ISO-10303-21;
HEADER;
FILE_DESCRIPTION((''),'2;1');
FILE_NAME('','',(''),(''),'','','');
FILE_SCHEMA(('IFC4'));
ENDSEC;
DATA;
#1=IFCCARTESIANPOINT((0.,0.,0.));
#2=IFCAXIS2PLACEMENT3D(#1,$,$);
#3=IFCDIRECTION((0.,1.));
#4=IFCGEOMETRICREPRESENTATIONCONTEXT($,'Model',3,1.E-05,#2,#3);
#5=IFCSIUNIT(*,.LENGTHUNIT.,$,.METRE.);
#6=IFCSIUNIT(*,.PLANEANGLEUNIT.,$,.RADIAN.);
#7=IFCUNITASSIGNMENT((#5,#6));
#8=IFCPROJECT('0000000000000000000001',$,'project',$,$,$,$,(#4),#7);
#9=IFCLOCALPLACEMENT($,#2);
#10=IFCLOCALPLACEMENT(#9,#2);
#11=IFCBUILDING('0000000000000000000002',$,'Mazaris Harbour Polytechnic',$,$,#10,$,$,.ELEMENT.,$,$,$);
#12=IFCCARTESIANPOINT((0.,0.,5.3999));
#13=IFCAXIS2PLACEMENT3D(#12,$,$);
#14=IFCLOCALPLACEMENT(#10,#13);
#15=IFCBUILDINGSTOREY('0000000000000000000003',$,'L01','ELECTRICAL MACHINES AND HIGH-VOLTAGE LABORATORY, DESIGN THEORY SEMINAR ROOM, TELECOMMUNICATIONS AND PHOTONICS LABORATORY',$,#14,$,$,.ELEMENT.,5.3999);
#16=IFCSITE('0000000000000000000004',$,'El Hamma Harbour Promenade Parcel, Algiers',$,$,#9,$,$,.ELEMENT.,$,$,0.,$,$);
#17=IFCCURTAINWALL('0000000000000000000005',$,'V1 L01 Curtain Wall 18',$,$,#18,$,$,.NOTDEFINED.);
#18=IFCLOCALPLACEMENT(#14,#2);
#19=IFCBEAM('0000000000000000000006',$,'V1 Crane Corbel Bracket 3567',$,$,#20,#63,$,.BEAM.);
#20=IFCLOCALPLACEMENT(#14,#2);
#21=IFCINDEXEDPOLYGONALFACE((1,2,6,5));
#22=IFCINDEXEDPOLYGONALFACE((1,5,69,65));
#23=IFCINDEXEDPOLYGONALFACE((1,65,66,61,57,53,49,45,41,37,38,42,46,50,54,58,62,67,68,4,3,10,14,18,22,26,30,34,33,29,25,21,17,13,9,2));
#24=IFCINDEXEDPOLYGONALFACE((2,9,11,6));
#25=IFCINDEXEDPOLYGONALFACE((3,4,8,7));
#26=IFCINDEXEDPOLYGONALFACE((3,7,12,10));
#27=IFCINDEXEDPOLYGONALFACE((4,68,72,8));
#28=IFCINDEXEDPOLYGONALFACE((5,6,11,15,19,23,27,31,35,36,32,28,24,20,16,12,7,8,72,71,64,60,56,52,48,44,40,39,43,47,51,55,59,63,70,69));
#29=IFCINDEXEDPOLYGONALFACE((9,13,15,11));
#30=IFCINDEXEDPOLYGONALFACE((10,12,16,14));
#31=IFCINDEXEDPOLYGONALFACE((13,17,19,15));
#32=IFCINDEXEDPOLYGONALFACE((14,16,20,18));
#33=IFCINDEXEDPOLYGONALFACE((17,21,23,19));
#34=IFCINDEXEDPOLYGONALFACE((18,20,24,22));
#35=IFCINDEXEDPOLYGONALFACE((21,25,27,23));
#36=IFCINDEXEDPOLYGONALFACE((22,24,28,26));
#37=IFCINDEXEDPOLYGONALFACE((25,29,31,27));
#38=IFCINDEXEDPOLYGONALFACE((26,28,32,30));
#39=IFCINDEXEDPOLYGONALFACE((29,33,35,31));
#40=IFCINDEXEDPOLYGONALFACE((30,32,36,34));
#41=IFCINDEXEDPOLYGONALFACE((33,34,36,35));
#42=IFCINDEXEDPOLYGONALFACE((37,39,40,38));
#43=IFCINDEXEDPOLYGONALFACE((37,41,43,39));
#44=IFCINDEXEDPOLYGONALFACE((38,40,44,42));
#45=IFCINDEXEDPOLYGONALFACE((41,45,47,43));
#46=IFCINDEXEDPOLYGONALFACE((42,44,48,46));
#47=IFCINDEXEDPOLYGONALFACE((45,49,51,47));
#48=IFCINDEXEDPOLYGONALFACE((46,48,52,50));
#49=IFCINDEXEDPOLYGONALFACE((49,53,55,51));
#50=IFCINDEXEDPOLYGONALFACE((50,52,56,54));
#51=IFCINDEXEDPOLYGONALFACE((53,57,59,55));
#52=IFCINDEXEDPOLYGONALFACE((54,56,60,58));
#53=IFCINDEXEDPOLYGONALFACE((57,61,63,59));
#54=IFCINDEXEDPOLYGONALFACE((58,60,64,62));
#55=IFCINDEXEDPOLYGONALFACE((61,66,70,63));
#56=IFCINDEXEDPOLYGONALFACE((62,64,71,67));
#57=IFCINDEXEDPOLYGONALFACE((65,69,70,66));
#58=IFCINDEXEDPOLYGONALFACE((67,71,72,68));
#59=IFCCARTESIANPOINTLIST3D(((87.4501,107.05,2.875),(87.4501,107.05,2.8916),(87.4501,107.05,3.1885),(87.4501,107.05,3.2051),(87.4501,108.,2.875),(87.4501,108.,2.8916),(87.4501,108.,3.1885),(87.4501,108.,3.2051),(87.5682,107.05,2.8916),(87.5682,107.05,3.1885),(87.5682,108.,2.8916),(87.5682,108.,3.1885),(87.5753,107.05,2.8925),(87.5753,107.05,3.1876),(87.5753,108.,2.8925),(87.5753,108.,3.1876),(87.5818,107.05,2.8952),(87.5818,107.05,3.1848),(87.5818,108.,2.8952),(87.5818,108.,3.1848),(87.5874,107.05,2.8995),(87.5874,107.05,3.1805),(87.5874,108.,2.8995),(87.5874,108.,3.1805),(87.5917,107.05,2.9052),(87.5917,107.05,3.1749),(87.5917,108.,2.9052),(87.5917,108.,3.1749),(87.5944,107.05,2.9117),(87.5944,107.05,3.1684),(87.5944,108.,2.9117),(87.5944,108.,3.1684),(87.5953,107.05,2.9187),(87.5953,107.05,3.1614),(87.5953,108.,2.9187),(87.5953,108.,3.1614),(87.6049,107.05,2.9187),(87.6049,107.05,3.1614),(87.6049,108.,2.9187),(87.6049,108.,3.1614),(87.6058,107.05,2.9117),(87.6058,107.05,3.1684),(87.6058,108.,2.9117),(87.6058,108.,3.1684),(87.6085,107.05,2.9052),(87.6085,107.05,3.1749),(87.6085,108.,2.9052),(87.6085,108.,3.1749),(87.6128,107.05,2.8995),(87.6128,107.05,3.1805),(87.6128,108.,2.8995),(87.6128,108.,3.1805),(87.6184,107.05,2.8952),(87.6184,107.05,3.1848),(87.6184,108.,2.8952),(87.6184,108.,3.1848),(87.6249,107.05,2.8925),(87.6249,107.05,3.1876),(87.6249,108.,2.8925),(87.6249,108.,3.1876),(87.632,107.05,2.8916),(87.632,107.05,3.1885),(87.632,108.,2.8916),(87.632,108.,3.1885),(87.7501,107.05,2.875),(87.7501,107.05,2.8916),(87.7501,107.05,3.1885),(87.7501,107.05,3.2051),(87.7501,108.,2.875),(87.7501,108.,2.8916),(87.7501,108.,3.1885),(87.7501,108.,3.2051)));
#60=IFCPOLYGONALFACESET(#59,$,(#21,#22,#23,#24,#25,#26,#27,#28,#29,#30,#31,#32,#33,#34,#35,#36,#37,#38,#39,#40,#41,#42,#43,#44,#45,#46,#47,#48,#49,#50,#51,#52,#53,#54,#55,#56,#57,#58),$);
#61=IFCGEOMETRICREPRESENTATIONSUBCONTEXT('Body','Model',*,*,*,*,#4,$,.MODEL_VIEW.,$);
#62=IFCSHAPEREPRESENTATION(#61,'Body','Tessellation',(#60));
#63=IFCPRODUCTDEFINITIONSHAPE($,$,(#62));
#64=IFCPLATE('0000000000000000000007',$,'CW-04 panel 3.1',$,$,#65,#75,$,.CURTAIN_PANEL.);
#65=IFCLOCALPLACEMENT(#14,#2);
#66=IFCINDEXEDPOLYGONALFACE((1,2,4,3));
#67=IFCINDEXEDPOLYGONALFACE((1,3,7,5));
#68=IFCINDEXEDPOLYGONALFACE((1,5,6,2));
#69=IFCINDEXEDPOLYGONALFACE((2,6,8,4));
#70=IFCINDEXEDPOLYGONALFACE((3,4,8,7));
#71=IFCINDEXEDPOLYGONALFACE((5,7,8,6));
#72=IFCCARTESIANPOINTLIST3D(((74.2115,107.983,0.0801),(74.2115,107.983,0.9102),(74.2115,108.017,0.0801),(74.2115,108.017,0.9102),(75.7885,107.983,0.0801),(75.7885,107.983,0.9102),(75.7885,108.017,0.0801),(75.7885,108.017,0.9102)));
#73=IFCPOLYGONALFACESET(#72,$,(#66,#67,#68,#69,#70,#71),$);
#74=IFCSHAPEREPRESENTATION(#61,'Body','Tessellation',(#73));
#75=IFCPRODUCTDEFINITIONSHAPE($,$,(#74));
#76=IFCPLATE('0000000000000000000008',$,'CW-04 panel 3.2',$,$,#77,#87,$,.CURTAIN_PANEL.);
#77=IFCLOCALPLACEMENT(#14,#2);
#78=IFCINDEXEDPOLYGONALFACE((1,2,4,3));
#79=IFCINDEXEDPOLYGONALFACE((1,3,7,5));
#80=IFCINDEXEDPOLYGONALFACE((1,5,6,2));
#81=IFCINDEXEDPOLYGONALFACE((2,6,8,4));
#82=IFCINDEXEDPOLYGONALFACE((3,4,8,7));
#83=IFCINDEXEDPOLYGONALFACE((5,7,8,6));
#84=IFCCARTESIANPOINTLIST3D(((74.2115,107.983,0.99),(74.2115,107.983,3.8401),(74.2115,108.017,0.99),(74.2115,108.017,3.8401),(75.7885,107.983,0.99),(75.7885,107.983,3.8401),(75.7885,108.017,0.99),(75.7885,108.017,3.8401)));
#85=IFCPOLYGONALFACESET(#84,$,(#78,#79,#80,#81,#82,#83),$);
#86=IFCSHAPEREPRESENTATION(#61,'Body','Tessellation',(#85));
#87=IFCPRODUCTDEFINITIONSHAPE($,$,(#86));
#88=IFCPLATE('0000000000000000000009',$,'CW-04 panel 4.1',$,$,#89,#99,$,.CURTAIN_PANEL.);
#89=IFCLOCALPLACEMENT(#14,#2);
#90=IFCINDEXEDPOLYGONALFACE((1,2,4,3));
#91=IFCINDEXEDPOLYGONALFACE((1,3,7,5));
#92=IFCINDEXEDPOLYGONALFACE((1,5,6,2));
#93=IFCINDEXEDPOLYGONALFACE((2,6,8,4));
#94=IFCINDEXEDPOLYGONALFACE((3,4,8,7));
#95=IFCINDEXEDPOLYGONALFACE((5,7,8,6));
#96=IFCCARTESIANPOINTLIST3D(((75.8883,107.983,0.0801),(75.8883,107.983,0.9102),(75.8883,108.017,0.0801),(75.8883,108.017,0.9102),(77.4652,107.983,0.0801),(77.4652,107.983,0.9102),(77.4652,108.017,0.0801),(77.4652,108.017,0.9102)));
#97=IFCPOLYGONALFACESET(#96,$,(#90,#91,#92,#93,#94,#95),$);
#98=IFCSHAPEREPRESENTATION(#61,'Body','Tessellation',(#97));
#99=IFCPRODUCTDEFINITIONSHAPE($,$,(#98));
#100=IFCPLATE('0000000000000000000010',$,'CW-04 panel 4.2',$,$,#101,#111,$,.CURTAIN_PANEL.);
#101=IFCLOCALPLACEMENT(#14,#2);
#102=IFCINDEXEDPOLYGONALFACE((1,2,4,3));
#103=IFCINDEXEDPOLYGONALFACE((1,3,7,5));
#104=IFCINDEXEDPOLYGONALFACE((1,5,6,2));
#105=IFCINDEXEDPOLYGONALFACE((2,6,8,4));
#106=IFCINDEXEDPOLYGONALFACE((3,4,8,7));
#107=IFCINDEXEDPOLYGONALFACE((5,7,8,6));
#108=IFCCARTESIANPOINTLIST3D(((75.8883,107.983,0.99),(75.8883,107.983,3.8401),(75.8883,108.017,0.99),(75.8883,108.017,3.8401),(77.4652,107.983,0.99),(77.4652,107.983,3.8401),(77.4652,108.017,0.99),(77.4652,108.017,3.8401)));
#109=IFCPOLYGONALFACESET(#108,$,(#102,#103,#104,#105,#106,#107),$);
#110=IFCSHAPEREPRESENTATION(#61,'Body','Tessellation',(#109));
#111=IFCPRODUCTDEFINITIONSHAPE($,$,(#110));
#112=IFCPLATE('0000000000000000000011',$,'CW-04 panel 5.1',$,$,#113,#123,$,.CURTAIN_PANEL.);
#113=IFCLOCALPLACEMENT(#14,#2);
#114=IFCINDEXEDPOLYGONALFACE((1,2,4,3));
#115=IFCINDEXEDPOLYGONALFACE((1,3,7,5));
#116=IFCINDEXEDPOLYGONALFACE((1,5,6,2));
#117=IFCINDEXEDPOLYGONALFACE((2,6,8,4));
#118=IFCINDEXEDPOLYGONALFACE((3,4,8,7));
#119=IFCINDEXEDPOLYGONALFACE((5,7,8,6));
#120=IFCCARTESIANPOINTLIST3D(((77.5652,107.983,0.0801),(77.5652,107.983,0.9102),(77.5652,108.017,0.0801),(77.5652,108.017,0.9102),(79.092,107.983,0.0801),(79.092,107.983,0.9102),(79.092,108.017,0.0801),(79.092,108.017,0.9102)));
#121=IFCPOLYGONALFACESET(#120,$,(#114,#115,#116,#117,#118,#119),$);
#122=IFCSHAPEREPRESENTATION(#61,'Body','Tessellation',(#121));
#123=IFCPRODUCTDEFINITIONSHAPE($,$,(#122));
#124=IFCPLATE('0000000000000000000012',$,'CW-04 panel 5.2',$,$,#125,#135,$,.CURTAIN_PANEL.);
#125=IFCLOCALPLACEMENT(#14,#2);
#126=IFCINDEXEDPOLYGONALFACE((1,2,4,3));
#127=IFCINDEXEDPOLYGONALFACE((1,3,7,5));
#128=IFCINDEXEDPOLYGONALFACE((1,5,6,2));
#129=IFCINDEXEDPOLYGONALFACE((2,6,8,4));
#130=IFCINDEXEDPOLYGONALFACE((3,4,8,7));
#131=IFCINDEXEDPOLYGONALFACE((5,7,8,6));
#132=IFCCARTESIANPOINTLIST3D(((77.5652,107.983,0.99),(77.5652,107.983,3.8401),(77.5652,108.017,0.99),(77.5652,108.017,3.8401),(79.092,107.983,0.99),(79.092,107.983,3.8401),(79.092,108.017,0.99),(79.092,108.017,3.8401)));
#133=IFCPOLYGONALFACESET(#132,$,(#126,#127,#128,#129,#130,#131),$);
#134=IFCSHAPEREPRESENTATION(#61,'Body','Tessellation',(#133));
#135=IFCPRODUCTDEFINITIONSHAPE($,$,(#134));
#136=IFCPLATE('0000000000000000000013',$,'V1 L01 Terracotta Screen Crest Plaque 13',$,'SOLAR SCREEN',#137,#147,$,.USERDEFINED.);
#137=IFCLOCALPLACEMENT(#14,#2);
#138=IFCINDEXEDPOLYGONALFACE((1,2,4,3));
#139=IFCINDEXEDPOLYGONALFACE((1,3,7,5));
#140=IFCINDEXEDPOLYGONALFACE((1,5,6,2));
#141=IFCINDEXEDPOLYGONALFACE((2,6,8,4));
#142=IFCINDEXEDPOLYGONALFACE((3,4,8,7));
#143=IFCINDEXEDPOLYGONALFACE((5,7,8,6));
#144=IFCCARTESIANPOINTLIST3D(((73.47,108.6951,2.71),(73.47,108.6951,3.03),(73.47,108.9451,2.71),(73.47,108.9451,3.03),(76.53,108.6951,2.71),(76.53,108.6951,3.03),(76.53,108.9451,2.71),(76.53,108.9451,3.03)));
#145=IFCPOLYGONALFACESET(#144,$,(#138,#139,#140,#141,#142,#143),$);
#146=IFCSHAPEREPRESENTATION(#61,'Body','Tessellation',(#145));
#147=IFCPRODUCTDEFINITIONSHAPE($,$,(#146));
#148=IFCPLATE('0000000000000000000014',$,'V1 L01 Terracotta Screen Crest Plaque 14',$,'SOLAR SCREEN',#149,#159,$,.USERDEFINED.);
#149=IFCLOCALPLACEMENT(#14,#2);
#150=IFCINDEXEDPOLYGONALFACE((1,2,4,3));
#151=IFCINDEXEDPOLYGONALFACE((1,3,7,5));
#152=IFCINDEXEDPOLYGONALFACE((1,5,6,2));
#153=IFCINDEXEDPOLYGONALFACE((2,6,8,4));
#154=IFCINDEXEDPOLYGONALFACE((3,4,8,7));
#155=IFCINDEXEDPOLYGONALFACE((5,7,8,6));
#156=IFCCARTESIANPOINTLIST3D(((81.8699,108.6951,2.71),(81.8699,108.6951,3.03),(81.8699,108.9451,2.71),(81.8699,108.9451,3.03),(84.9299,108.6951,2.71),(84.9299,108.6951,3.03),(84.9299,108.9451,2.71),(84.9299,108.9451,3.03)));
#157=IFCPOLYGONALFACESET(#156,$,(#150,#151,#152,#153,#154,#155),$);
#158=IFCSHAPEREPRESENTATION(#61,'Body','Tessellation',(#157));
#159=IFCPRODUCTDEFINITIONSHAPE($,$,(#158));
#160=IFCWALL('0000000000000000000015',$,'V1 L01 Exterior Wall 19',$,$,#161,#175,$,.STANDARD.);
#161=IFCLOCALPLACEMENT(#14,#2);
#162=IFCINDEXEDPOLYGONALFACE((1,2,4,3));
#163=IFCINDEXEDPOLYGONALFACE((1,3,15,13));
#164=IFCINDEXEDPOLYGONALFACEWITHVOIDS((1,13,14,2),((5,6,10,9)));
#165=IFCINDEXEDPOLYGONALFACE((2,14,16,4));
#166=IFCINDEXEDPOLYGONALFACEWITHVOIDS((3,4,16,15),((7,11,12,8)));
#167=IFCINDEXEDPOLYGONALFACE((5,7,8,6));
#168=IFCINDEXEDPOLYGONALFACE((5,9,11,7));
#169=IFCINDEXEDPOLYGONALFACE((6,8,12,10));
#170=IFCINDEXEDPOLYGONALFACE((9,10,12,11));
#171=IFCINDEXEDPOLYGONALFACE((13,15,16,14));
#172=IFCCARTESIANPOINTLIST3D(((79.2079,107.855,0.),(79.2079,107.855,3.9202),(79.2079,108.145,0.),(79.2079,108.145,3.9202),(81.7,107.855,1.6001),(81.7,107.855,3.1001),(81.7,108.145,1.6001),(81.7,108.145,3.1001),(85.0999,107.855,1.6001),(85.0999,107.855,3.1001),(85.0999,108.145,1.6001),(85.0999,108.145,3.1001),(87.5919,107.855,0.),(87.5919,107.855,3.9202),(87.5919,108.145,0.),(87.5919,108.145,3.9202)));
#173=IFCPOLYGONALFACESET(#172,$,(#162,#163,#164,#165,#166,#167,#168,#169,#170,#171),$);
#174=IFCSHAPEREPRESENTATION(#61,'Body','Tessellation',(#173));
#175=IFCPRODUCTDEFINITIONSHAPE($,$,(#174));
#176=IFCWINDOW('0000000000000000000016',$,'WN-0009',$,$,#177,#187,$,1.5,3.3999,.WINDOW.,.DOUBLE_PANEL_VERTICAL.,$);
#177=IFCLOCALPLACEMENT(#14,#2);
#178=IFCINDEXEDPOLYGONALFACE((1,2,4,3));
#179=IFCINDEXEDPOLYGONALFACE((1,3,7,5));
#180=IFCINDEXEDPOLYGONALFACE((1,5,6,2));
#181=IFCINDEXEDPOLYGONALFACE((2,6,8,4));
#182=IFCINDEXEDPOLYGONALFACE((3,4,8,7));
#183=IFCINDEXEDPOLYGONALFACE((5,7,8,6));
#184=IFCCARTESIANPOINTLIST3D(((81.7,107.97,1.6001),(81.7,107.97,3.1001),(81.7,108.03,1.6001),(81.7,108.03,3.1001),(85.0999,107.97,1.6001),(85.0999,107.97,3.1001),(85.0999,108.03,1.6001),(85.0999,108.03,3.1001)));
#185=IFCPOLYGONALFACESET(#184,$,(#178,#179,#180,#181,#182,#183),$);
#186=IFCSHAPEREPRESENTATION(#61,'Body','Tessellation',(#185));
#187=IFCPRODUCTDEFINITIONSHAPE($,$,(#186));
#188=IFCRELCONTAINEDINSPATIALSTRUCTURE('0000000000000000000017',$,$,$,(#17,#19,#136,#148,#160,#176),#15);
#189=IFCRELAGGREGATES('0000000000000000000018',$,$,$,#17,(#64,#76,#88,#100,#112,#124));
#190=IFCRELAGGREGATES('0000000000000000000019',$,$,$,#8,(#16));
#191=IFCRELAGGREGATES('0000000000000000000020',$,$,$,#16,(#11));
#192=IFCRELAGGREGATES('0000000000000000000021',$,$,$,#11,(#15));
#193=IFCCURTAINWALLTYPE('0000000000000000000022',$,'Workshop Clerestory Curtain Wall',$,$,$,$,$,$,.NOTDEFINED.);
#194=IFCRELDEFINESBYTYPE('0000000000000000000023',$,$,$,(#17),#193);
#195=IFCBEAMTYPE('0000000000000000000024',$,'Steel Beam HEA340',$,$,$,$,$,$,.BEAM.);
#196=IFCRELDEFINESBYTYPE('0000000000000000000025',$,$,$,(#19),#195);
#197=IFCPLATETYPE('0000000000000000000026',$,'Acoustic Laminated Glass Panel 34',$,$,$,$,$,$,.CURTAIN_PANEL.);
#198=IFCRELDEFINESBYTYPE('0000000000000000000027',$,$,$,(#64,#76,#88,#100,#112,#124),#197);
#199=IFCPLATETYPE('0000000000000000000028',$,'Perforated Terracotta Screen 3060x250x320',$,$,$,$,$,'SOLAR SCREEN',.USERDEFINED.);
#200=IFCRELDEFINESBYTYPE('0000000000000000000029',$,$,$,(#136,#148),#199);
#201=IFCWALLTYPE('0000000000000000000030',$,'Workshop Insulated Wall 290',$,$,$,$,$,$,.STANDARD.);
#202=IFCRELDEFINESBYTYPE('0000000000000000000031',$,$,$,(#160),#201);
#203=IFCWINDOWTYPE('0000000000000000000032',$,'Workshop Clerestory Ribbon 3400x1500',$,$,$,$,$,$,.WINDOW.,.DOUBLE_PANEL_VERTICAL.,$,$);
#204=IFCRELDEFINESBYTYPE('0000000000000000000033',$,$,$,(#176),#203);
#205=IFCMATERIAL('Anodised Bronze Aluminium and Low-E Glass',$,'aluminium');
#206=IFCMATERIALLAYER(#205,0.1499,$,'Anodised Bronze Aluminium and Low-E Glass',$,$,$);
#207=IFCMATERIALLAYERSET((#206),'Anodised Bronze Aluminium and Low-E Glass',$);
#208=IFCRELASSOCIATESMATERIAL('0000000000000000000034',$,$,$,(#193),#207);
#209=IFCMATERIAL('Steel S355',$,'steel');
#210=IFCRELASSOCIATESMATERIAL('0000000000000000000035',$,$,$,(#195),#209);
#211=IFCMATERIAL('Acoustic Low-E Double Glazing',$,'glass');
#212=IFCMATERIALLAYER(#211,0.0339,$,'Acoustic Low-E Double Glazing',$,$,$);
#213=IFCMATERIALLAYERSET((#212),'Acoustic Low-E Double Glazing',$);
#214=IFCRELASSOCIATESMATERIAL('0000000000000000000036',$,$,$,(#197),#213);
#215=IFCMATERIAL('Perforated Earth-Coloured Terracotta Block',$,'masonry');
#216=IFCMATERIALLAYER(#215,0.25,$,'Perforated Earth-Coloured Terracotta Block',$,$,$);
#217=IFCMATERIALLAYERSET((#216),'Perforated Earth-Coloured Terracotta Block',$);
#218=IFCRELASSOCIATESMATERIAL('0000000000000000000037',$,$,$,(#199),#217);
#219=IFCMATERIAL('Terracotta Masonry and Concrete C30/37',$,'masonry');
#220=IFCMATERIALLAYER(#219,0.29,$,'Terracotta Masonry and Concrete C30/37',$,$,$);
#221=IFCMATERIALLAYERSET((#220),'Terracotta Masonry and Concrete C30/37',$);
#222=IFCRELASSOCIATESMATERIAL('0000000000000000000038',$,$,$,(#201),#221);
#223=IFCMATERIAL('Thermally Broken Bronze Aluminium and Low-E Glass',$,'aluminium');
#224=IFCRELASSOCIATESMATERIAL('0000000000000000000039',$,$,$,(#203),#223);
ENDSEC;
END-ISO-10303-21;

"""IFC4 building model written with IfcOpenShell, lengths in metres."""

from ifc_helpers import new_model, si_unit, direction, frame, frame_2d, origin, origin_2d, place, context, subcontext, project, spatial, rectangle, i_section, extrude, material, layer, layer_set, material_profile, profile_set, type_object, element, fill, aggregate, save


model = new_model("IFC4")

# Units and contexts
model_context = context("Model", 3, precision=1e-05, world=origin(), true_north=direction((0.0, 1.0)))
body_context = subcontext(model_context, "Body", "Model", "MODEL_VIEW")
ifc_project = project(units=[si_unit("LENGTHUNIT", "METRE"), si_unit("PLANEANGLEUNIT", "RADIAN")], contexts=[model_context])

# Site, building, storey
site_placement = place(None, origin())
site = spatial("IfcSite", under=ifc_project, at=site_placement, Name="El Hamma Harbour Promenade Parcel, Algiers", CompositionType="ELEMENT", RefElevation=0.0)
building_placement = place(site_placement, origin())
building = spatial("IfcBuilding", under=site, at=building_placement, Name="Mazaris Harbour Polytechnic", CompositionType="ELEMENT")
storey_placement = place(building_placement, frame((0.0, 0.0, 5.3999)))
storey = spatial("IfcBuildingStorey", under=building, at=storey_placement, Name="L01", Description="ELECTRICAL MACHINES AND HIGH-VOLTAGE LABORATORY, DESIGN THEORY SEMINAR ROOM, TELECOMMUNICATIONS AND PHOTONICS LABORATORY", CompositionType="ELEMENT", Elevation=5.3999)

# Curtain wall
ifc_material_1 = material(Name="Anodised Bronze Aluminium and Low-E Glass", Category="aluminium")
ifc_layer_1 = layer(ifc_material_1, 0.1499, Name="Anodised Bronze Aluminium and Low-E Glass")
ifc_layer_set_1 = layer_set([ifc_layer_1], Name="Anodised Bronze Aluminium and Low-E Glass")
curtain_wall_type = type_object("IfcCurtainWallType", Name="Workshop Clerestory Curtain Wall", PredefinedType="NOTDEFINED", material=ifc_layer_set_1)
curtain_wall_placement = place(storey_placement, origin())
curtain_wall = element("IfcCurtainWall", 1, at=curtain_wall_placement, inside=storey, type_object=curtain_wall_type, Name="V1 L01 Curtain Wall 18", PredefinedType="NOTDEFINED")

# Beam
ifc_material_2 = material(Name="Steel S355", Category="steel")
ifc_material_profile_1 = material_profile(ifc_material_2, i_section(OverallWidth=0.3, OverallDepth=0.3301, WebThickness=0.0095, FlangeThickness=0.0166, FilletRadius=0.0271, at=origin_2d()), Name="HEA 340")
ifc_profile_set_1 = profile_set([ifc_material_profile_1], Name="Steel S355")
beam_type = type_object("IfcBeamType", Name="Steel Beam HEA340", PredefinedType="BEAM", material=ifc_profile_set_1)
for number, where, z_axis, x_axis, name in (
    (2, (87.6001, 108.0, 3.04), (0.0, -1.0, 0.0), (1.0, 0.0, 0.0), "V1 Crane Corbel Bracket 3567"),
):
    element("IfcBeam", number, at=place(storey_placement, frame(where, z_axis=z_axis, x_axis=x_axis)), inside=storey, type_object=beam_type, Name=name, PredefinedType="BEAM", context=body_context, shape_type="SweptSolid", body=[
        extrude(i_section(OverallWidth=0.3, OverallDepth=0.3301, WebThickness=0.0095, FlangeThickness=0.0166, FilletRadius=0.0271, at=origin_2d()), origin(), (0.0, 0.0, 1.0), 0.95),
    ])

# Plates
ifc_material_3 = material(Name="Acoustic Low-E Double Glazing", Category="glass")
ifc_layer_2 = layer(ifc_material_3, 0.0339, Name="Acoustic Low-E Double Glazing")
ifc_layer_set_2 = layer_set([ifc_layer_2], Name="Acoustic Low-E Double Glazing")
plate_type_1 = type_object("IfcPlateType", Name="Acoustic Laminated Glass Panel 34", PredefinedType="CURTAIN_PANEL", material=ifc_layer_set_2)
plate_1_placement = place(storey_placement, frame((75.0, 108.0, 0.0801), z_axis=(0.0, 0.0, 1.0), x_axis=(1.0, 0.0, 0.0)))
plate_1 = element("IfcPlate", 3, at=plate_1_placement, type_object=plate_type_1, Name="CW-04 panel 3.1", PredefinedType="CURTAIN_PANEL", context=body_context, shape_type="SweptSolid", body=[
    extrude(rectangle(XDim=1.5769, YDim=0.0339, at=origin_2d()), origin(), (0.0, 0.0, 1.0), 0.8301),
])
plate_2_placement = place(storey_placement, frame((75.0, 108.0, 0.99), z_axis=(0.0, 0.0, 1.0), x_axis=(1.0, 0.0, 0.0)))
plate_2 = element("IfcPlate", 4, at=plate_2_placement, type_object=plate_type_1, Name="CW-04 panel 3.2", PredefinedType="CURTAIN_PANEL", context=body_context, shape_type="SweptSolid", body=[
    extrude(rectangle(XDim=1.5769, YDim=0.0339, at=origin_2d()), origin(), (0.0, 0.0, 1.0), 2.8501),
])
plate_3_placement = place(storey_placement, frame((76.6768, 108.0, 0.0801), z_axis=(0.0, 0.0, 1.0), x_axis=(1.0, 0.0, 0.0)))
plate_3 = element("IfcPlate", 5, at=plate_3_placement, type_object=plate_type_1, Name="CW-04 panel 4.1", PredefinedType="CURTAIN_PANEL", context=body_context, shape_type="SweptSolid", body=[
    extrude(rectangle(XDim=1.5769, YDim=0.0339, at=origin_2d()), origin(), (0.0, 0.0, 1.0), 0.8301),
])
plate_4_placement = place(storey_placement, frame((76.6768, 108.0, 0.99), z_axis=(0.0, 0.0, 1.0), x_axis=(1.0, 0.0, 0.0)))
plate_4 = element("IfcPlate", 6, at=plate_4_placement, type_object=plate_type_1, Name="CW-04 panel 4.2", PredefinedType="CURTAIN_PANEL", context=body_context, shape_type="SweptSolid", body=[
    extrude(rectangle(XDim=1.5769, YDim=0.0339, at=origin_2d()), origin(), (0.0, 0.0, 1.0), 2.8501),
])
plate_5_placement = place(storey_placement, frame((78.3286, 108.0, 0.0801), z_axis=(0.0, 0.0, 1.0), x_axis=(1.0, 0.0, 0.0)))
plate_5 = element("IfcPlate", 7, at=plate_5_placement, type_object=plate_type_1, Name="CW-04 panel 5.1", PredefinedType="CURTAIN_PANEL", context=body_context, shape_type="SweptSolid", body=[
    extrude(rectangle(XDim=1.5269, YDim=0.0339, at=origin_2d()), origin(), (0.0, 0.0, 1.0), 0.8301),
])
plate_6_placement = place(storey_placement, frame((78.3286, 108.0, 0.99), z_axis=(0.0, 0.0, 1.0), x_axis=(1.0, 0.0, 0.0)))
plate_6 = element("IfcPlate", 8, at=plate_6_placement, type_object=plate_type_1, Name="CW-04 panel 5.2", PredefinedType="CURTAIN_PANEL", context=body_context, shape_type="SweptSolid", body=[
    extrude(rectangle(XDim=1.5269, YDim=0.0339, at=origin_2d()), origin(), (0.0, 0.0, 1.0), 2.8501),
])
aggregate(curtain_wall, [plate_1, plate_2, plate_3, plate_4, plate_5, plate_6])

# Plates
ifc_material_4 = material(Name="Perforated Earth-Coloured Terracotta Block", Category="masonry")
ifc_layer_3 = layer(ifc_material_4, 0.25, Name="Perforated Earth-Coloured Terracotta Block")
ifc_layer_set_3 = layer_set([ifc_layer_3], Name="Perforated Earth-Coloured Terracotta Block")
plate_type_2 = type_object("IfcPlateType", Name="Perforated Terracotta Screen 3060x250x320", ElementType="SOLAR SCREEN", PredefinedType="USERDEFINED", material=ifc_layer_set_3)
for number, where, z_axis, x_axis, name in (
    (9, (75.0, 108.8201, 2.71), (0.0, 0.0, 1.0), (1.0, 0.0, 0.0), "V1 L01 Terracotta Screen Crest Plaque 13"),
    (10, (83.3999, 108.8201, 2.71), (0.0, 0.0, 1.0), (1.0, 0.0, 0.0), "V1 L01 Terracotta Screen Crest Plaque 14"),
):
    element("IfcPlate", number, at=place(storey_placement, frame(where, z_axis=z_axis, x_axis=x_axis)), inside=storey, type_object=plate_type_2, Name=name, ObjectType="SOLAR SCREEN", PredefinedType="USERDEFINED", context=body_context, shape_type="SweptSolid", body=[
        extrude(rectangle(XDim=3.0601, YDim=0.25, at=origin_2d()), origin(), (0.0, 0.0, 1.0), 0.3201),
    ])

# Wall, opening, window
ifc_material_5 = material(Name="Terracotta Masonry and Concrete C30/37", Category="masonry")
ifc_layer_4 = layer(ifc_material_5, 0.29, Name="Terracotta Masonry and Concrete C30/37")
ifc_layer_set_4 = layer_set([ifc_layer_4], Name="Terracotta Masonry and Concrete C30/37")
wall_type = type_object("IfcWallType", Name="Workshop Insulated Wall 290", PredefinedType="STANDARD", material=ifc_layer_set_4)
wall_placement = place(storey_placement, frame((79.208, 108.0, 0.0), z_axis=(0.0, 0.0, 1.0), x_axis=(1.0, 0.0, 0.0)))
wall = element("IfcWall", 11, at=wall_placement, inside=storey, type_object=wall_type, Name="V1 L01 Exterior Wall 19", PredefinedType="STANDARD", context=body_context, shape_type="SweptSolid", body=[
    extrude(rectangle(XDim=8.384, YDim=0.29, at=frame_2d((4.1919, 0.0))), origin(), (0.0, 0.0, 1.0), 3.9202),
])
opening_placement = place(wall_placement, frame((2.4919, 0.0, 1.6001)))
opening = element("IfcOpeningElement", 12, at=opening_placement, cuts=wall, PredefinedType="OPENING", context=body_context, shape_type="SweptSolid", body=[
    extrude(rectangle(XDim=3.3999, YDim=1.5, at=frame_2d((1.7, 0.75))), frame((0.0, 0.155, 0.0), z_axis=(0.0, -1.0, 0.0), x_axis=(1.0, 0.0, 0.0)), (0.0, 0.0, 1.0), 0.3101),
])
ifc_material_6 = material(Name="Thermally Broken Bronze Aluminium and Low-E Glass", Category="aluminium")
window_type = type_object("IfcWindowType", Name="Workshop Clerestory Ribbon 3400x1500", PartitioningType="DOUBLE_PANEL_VERTICAL", PredefinedType="WINDOW", material=ifc_material_6)
window_placement = place(opening_placement, origin())
window = element("IfcWindow", 13, at=window_placement, inside=storey, type_object=window_type, Name="WN-0009", OverallHeight=1.5, OverallWidth=3.3999, PartitioningType="DOUBLE_PANEL_VERTICAL", PredefinedType="WINDOW", context=body_context, shape_type="SweptSolid", body=[
    extrude(rectangle(XDim=3.3999, YDim=1.5, at=frame_2d((1.7, 0.75))), frame((0.0, 0.03, 0.0), z_axis=(0.0, -1.0, 0.0), x_axis=(1.0, 0.0, 0.0)), (0.0, 0.0, 1.0), 0.0601),
])
fill(opening, window)

save(model, "model.ifc")
